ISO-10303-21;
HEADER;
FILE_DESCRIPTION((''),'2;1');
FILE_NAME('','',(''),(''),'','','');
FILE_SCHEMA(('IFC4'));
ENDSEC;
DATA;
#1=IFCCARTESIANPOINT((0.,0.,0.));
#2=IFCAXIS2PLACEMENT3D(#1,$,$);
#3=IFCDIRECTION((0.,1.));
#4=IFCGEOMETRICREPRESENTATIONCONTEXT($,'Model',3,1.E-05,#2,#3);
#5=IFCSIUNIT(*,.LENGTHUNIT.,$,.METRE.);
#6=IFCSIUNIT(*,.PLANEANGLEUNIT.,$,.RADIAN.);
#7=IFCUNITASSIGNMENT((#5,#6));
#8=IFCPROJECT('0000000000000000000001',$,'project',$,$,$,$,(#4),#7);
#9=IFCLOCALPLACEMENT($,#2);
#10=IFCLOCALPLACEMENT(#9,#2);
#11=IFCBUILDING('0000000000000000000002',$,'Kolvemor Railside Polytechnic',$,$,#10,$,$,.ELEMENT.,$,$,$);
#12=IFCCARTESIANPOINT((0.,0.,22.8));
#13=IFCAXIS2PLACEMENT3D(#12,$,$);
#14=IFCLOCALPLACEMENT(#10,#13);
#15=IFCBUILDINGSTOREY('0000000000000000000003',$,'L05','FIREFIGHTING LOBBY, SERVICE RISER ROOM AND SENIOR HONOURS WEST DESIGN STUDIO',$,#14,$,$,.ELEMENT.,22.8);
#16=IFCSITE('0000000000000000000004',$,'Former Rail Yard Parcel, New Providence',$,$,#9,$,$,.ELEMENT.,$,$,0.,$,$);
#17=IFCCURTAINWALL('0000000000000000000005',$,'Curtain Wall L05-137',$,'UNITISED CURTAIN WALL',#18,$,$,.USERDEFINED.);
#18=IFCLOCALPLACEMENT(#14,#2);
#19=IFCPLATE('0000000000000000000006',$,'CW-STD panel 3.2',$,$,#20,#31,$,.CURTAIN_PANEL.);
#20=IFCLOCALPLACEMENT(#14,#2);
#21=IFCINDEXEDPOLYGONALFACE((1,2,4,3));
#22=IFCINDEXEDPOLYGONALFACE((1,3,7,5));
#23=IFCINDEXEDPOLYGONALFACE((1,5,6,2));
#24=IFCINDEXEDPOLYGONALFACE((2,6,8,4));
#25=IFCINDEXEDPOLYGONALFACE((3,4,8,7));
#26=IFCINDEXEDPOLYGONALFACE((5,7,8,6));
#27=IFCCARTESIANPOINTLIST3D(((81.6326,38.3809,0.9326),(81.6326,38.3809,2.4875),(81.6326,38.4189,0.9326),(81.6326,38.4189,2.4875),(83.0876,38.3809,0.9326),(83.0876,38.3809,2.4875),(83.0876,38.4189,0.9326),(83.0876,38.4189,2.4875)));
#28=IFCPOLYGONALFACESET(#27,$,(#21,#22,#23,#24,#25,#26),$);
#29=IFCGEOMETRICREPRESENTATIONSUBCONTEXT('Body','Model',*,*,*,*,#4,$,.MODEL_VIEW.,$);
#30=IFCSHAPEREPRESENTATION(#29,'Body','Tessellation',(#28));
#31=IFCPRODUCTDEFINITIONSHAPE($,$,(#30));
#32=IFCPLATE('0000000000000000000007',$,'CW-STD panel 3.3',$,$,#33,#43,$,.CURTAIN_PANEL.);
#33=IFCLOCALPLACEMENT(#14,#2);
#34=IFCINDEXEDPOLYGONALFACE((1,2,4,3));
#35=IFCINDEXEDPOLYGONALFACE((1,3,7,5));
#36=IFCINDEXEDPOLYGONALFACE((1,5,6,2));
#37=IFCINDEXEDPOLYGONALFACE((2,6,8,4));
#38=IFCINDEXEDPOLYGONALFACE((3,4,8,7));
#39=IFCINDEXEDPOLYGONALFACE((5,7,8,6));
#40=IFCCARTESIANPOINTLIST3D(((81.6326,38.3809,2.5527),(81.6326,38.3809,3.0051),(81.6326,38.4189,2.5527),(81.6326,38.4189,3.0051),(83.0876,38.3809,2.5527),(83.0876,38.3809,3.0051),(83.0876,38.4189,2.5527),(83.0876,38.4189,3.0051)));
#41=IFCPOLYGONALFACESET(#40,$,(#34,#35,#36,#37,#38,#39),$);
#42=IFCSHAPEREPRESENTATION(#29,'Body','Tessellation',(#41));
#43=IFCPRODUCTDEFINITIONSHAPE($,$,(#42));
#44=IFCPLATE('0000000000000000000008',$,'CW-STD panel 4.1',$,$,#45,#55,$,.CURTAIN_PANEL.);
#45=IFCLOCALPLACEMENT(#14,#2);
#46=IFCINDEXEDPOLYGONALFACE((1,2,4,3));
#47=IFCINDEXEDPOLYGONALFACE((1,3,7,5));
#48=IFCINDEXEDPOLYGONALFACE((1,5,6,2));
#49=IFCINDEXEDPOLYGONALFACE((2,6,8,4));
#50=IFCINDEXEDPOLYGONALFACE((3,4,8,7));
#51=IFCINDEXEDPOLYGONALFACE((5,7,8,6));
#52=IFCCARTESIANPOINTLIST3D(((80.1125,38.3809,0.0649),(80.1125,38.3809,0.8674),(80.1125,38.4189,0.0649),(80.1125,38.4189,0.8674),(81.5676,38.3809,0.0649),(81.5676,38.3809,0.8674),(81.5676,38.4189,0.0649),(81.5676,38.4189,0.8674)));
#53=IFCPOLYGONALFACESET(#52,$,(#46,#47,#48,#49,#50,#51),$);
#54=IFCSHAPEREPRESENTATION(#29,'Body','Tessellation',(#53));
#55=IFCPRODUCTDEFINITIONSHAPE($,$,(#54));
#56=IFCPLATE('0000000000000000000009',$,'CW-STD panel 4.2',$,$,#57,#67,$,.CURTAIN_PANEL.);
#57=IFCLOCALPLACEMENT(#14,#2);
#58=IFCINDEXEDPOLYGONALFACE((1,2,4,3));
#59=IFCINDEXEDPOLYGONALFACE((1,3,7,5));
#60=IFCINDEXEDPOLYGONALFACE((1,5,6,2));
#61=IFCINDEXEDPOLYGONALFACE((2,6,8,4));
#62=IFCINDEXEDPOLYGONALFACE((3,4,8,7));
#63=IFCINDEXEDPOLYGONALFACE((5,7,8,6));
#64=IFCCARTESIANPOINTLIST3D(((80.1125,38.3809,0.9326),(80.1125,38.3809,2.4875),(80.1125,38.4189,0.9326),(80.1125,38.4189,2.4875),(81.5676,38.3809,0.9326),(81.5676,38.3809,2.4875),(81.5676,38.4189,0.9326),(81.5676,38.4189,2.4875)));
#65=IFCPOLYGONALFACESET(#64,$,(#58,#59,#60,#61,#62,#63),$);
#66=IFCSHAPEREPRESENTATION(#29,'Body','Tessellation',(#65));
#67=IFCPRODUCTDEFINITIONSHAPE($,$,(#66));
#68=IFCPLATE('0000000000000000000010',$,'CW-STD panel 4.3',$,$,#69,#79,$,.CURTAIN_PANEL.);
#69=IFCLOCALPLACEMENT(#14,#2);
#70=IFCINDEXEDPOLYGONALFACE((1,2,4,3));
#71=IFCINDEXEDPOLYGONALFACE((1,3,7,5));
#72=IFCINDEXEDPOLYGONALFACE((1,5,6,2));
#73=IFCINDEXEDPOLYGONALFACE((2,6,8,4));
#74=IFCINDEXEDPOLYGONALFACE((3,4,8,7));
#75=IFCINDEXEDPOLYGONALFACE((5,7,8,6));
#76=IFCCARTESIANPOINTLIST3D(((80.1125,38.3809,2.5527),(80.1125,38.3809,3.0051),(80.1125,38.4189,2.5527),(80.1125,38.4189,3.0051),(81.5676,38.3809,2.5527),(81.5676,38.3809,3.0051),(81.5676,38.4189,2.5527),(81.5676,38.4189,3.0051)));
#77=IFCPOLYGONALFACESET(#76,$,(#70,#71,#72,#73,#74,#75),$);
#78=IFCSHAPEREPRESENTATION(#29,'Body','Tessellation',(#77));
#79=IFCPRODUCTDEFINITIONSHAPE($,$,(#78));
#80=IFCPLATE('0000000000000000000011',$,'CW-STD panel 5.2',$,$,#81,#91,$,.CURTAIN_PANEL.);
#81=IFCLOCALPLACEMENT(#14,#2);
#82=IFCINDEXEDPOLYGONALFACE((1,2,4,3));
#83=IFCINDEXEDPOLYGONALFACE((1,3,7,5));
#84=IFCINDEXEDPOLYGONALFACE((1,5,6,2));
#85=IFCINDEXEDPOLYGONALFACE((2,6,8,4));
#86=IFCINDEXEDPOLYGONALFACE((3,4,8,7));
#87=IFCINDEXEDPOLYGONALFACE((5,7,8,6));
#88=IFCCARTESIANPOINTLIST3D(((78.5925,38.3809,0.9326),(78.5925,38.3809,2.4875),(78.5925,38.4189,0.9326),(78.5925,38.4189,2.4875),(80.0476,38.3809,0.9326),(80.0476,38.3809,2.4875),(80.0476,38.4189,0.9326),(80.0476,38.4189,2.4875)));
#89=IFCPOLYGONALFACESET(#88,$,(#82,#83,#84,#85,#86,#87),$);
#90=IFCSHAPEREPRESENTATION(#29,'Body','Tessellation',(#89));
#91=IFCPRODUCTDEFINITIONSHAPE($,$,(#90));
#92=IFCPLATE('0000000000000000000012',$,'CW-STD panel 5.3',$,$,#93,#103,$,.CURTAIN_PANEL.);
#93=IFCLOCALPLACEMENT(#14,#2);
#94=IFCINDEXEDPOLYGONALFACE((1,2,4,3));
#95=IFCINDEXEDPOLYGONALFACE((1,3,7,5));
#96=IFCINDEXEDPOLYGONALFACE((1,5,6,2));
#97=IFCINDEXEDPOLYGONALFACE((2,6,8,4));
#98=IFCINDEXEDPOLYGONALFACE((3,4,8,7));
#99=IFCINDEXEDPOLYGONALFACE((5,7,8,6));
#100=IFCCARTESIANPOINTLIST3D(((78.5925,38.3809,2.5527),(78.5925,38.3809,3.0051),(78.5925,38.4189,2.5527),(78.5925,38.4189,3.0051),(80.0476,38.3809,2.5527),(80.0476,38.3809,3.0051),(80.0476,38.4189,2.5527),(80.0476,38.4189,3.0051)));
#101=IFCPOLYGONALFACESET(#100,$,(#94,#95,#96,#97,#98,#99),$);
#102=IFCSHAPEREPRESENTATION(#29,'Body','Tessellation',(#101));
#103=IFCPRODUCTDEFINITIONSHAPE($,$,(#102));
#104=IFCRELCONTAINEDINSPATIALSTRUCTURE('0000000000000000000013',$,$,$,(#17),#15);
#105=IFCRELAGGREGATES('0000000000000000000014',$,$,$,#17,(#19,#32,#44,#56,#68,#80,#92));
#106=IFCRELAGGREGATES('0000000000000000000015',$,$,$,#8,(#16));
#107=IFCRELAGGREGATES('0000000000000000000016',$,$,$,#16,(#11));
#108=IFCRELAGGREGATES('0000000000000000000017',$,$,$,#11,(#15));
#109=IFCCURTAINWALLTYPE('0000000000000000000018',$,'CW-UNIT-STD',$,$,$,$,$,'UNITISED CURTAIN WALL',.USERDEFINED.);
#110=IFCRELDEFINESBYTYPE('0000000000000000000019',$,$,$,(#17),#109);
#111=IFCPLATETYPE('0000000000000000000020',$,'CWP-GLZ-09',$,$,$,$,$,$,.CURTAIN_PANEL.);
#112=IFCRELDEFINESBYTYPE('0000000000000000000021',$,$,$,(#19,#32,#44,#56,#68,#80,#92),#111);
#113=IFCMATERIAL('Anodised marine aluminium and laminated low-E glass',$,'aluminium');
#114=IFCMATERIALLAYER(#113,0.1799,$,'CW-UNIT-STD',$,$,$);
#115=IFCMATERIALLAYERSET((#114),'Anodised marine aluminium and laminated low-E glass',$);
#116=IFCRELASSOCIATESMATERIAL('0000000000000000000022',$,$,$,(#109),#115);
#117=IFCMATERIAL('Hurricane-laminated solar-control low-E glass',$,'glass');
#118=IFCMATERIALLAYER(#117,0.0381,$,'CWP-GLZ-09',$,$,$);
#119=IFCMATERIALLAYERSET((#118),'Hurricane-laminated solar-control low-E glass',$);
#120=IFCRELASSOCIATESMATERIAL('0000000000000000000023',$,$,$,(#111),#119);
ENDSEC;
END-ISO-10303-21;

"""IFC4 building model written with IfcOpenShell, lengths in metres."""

from ifc_helpers import new_model, si_unit, direction, frame, origin, origin_2d, place, context, subcontext, project, spatial, rectangle, extrude, material, layer, layer_set, type_object, element, aggregate, save


model = new_model("IFC4")

# Units and contexts
model_context = context("Model", 3, precision=1e-05, world=origin(), true_north=direction((0.0, 1.0)))
body_context = subcontext(model_context, "Body", "Model", "MODEL_VIEW")
ifc_project = project(units=[si_unit("LENGTHUNIT", "METRE"), si_unit("PLANEANGLEUNIT", "RADIAN")], contexts=[model_context])

# Site, building, storey
site_placement = place(None, origin())
site = spatial("IfcSite", under=ifc_project, at=site_placement, Name="Former Rail Yard Parcel, New Providence", CompositionType="ELEMENT", RefElevation=0.0)
building_placement = place(site_placement, origin())
building = spatial("IfcBuilding", under=site, at=building_placement, Name="Kolvemor Railside Polytechnic", CompositionType="ELEMENT")
storey_placement = place(building_placement, frame((0.0, 0.0, 22.8)))
storey = spatial("IfcBuildingStorey", under=building, at=storey_placement, Name="L05", Description="FIREFIGHTING LOBBY, SERVICE RISER ROOM AND SENIOR HONOURS WEST DESIGN STUDIO", CompositionType="ELEMENT", Elevation=22.8)

# Curtain wall, plates
ifc_material_1 = material(Name="Anodised marine aluminium and laminated low-E glass", Category="aluminium")
ifc_layer_1 = layer(ifc_material_1, 0.1799, Name="CW-UNIT-STD")
ifc_layer_set_1 = layer_set([ifc_layer_1], Name="Anodised marine aluminium and laminated low-E glass")
curtain_wall_type = type_object("IfcCurtainWallType", Name="CW-UNIT-STD", ElementType="UNITISED CURTAIN WALL", PredefinedType="USERDEFINED", material=ifc_layer_set_1)
curtain_wall_placement = place(storey_placement, origin())
curtain_wall = element("IfcCurtainWall", 1, at=curtain_wall_placement, inside=storey, type_object=curtain_wall_type, Name="Curtain Wall L05-137", ObjectType="UNITISED CURTAIN WALL", PredefinedType="USERDEFINED")
ifc_material_2 = material(Name="Hurricane-laminated solar-control low-E glass", Category="glass")
ifc_layer_2 = layer(ifc_material_2, 0.0381, Name="CWP-GLZ-09")
ifc_layer_set_2 = layer_set([ifc_layer_2], Name="Hurricane-laminated solar-control low-E glass")
plate_type = type_object("IfcPlateType", Name="CWP-GLZ-09", PredefinedType="CURTAIN_PANEL", material=ifc_layer_set_2)
plate_1_placement = place(storey_placement, frame((82.3601, 38.3999, 0.9326), z_axis=(0.0, 0.0, 1.0), x_axis=(-1.0, 0.0, 0.0)))
plate_1 = element("IfcPlate", 2, at=plate_1_placement, type_object=plate_type, Name="CW-STD panel 3.2", PredefinedType="CURTAIN_PANEL", context=body_context, shape_type="SweptSolid", body=[
    extrude(rectangle(XDim=1.4551, YDim=0.0381, at=origin_2d()), origin(), (0.0, 0.0, 1.0), 1.5549),
])
plate_2_placement = place(storey_placement, frame((82.3601, 38.3999, 2.5527), z_axis=(0.0, 0.0, 1.0), x_axis=(-1.0, 0.0, 0.0)))
plate_2 = element("IfcPlate", 3, at=plate_2_placement, type_object=plate_type, Name="CW-STD panel 3.3", PredefinedType="CURTAIN_PANEL", context=body_context, shape_type="SweptSolid", body=[
    extrude(rectangle(XDim=1.4551, YDim=0.0381, at=origin_2d()), origin(), (0.0, 0.0, 1.0), 0.4524),
])
plate_3_placement = place(storey_placement, frame((80.8401, 38.3999, 0.0649), z_axis=(0.0, 0.0, 1.0), x_axis=(-1.0, 0.0, 0.0)))
plate_3 = element("IfcPlate", 4, at=plate_3_placement, type_object=plate_type, Name="CW-STD panel 4.1", PredefinedType="CURTAIN_PANEL", context=body_context, shape_type="SweptSolid", body=[
    extrude(rectangle(XDim=1.4551, YDim=0.0381, at=origin_2d()), origin(), (0.0, 0.0, 1.0), 0.8025),
])
plate_4_placement = place(storey_placement, frame((80.8401, 38.3999, 0.9326), z_axis=(0.0, 0.0, 1.0), x_axis=(-1.0, 0.0, 0.0)))
plate_4 = element("IfcPlate", 5, at=plate_4_placement, type_object=plate_type, Name="CW-STD panel 4.2", PredefinedType="CURTAIN_PANEL", context=body_context, shape_type="SweptSolid", body=[
    extrude(rectangle(XDim=1.4551, YDim=0.0381, at=origin_2d()), origin(), (0.0, 0.0, 1.0), 1.5549),
])
plate_5_placement = place(storey_placement, frame((80.8401, 38.3999, 2.5527), z_axis=(0.0, 0.0, 1.0), x_axis=(-1.0, 0.0, 0.0)))
plate_5 = element("IfcPlate", 6, at=plate_5_placement, type_object=plate_type, Name="CW-STD panel 4.3", PredefinedType="CURTAIN_PANEL", context=body_context, shape_type="SweptSolid", body=[
    extrude(rectangle(XDim=1.4551, YDim=0.0381, at=origin_2d()), origin(), (0.0, 0.0, 1.0), 0.4524),
])
plate_6_placement = place(storey_placement, frame((79.3201, 38.3999, 0.9326), z_axis=(0.0, 0.0, 1.0), x_axis=(-1.0, 0.0, 0.0)))
plate_6 = element("IfcPlate", 7, at=plate_6_placement, type_object=plate_type, Name="CW-STD panel 5.2", PredefinedType="CURTAIN_PANEL", context=body_context, shape_type="SweptSolid", body=[
    extrude(rectangle(XDim=1.4551, YDim=0.0381, at=origin_2d()), origin(), (0.0, 0.0, 1.0), 1.5549),
])
plate_7_placement = place(storey_placement, frame((79.3201, 38.3999, 2.5527), z_axis=(0.0, 0.0, 1.0), x_axis=(-1.0, 0.0, 0.0)))
plate_7 = element("IfcPlate", 8, at=plate_7_placement, type_object=plate_type, Name="CW-STD panel 5.3", PredefinedType="CURTAIN_PANEL", context=body_context, shape_type="SweptSolid", body=[
    extrude(rectangle(XDim=1.4551, YDim=0.0381, at=origin_2d()), origin(), (0.0, 0.0, 1.0), 0.4524),
])
aggregate(curtain_wall, [plate_1, plate_2, plate_3, plate_4, plate_5, plate_6, plate_7])

save(model, "model.ifc")
